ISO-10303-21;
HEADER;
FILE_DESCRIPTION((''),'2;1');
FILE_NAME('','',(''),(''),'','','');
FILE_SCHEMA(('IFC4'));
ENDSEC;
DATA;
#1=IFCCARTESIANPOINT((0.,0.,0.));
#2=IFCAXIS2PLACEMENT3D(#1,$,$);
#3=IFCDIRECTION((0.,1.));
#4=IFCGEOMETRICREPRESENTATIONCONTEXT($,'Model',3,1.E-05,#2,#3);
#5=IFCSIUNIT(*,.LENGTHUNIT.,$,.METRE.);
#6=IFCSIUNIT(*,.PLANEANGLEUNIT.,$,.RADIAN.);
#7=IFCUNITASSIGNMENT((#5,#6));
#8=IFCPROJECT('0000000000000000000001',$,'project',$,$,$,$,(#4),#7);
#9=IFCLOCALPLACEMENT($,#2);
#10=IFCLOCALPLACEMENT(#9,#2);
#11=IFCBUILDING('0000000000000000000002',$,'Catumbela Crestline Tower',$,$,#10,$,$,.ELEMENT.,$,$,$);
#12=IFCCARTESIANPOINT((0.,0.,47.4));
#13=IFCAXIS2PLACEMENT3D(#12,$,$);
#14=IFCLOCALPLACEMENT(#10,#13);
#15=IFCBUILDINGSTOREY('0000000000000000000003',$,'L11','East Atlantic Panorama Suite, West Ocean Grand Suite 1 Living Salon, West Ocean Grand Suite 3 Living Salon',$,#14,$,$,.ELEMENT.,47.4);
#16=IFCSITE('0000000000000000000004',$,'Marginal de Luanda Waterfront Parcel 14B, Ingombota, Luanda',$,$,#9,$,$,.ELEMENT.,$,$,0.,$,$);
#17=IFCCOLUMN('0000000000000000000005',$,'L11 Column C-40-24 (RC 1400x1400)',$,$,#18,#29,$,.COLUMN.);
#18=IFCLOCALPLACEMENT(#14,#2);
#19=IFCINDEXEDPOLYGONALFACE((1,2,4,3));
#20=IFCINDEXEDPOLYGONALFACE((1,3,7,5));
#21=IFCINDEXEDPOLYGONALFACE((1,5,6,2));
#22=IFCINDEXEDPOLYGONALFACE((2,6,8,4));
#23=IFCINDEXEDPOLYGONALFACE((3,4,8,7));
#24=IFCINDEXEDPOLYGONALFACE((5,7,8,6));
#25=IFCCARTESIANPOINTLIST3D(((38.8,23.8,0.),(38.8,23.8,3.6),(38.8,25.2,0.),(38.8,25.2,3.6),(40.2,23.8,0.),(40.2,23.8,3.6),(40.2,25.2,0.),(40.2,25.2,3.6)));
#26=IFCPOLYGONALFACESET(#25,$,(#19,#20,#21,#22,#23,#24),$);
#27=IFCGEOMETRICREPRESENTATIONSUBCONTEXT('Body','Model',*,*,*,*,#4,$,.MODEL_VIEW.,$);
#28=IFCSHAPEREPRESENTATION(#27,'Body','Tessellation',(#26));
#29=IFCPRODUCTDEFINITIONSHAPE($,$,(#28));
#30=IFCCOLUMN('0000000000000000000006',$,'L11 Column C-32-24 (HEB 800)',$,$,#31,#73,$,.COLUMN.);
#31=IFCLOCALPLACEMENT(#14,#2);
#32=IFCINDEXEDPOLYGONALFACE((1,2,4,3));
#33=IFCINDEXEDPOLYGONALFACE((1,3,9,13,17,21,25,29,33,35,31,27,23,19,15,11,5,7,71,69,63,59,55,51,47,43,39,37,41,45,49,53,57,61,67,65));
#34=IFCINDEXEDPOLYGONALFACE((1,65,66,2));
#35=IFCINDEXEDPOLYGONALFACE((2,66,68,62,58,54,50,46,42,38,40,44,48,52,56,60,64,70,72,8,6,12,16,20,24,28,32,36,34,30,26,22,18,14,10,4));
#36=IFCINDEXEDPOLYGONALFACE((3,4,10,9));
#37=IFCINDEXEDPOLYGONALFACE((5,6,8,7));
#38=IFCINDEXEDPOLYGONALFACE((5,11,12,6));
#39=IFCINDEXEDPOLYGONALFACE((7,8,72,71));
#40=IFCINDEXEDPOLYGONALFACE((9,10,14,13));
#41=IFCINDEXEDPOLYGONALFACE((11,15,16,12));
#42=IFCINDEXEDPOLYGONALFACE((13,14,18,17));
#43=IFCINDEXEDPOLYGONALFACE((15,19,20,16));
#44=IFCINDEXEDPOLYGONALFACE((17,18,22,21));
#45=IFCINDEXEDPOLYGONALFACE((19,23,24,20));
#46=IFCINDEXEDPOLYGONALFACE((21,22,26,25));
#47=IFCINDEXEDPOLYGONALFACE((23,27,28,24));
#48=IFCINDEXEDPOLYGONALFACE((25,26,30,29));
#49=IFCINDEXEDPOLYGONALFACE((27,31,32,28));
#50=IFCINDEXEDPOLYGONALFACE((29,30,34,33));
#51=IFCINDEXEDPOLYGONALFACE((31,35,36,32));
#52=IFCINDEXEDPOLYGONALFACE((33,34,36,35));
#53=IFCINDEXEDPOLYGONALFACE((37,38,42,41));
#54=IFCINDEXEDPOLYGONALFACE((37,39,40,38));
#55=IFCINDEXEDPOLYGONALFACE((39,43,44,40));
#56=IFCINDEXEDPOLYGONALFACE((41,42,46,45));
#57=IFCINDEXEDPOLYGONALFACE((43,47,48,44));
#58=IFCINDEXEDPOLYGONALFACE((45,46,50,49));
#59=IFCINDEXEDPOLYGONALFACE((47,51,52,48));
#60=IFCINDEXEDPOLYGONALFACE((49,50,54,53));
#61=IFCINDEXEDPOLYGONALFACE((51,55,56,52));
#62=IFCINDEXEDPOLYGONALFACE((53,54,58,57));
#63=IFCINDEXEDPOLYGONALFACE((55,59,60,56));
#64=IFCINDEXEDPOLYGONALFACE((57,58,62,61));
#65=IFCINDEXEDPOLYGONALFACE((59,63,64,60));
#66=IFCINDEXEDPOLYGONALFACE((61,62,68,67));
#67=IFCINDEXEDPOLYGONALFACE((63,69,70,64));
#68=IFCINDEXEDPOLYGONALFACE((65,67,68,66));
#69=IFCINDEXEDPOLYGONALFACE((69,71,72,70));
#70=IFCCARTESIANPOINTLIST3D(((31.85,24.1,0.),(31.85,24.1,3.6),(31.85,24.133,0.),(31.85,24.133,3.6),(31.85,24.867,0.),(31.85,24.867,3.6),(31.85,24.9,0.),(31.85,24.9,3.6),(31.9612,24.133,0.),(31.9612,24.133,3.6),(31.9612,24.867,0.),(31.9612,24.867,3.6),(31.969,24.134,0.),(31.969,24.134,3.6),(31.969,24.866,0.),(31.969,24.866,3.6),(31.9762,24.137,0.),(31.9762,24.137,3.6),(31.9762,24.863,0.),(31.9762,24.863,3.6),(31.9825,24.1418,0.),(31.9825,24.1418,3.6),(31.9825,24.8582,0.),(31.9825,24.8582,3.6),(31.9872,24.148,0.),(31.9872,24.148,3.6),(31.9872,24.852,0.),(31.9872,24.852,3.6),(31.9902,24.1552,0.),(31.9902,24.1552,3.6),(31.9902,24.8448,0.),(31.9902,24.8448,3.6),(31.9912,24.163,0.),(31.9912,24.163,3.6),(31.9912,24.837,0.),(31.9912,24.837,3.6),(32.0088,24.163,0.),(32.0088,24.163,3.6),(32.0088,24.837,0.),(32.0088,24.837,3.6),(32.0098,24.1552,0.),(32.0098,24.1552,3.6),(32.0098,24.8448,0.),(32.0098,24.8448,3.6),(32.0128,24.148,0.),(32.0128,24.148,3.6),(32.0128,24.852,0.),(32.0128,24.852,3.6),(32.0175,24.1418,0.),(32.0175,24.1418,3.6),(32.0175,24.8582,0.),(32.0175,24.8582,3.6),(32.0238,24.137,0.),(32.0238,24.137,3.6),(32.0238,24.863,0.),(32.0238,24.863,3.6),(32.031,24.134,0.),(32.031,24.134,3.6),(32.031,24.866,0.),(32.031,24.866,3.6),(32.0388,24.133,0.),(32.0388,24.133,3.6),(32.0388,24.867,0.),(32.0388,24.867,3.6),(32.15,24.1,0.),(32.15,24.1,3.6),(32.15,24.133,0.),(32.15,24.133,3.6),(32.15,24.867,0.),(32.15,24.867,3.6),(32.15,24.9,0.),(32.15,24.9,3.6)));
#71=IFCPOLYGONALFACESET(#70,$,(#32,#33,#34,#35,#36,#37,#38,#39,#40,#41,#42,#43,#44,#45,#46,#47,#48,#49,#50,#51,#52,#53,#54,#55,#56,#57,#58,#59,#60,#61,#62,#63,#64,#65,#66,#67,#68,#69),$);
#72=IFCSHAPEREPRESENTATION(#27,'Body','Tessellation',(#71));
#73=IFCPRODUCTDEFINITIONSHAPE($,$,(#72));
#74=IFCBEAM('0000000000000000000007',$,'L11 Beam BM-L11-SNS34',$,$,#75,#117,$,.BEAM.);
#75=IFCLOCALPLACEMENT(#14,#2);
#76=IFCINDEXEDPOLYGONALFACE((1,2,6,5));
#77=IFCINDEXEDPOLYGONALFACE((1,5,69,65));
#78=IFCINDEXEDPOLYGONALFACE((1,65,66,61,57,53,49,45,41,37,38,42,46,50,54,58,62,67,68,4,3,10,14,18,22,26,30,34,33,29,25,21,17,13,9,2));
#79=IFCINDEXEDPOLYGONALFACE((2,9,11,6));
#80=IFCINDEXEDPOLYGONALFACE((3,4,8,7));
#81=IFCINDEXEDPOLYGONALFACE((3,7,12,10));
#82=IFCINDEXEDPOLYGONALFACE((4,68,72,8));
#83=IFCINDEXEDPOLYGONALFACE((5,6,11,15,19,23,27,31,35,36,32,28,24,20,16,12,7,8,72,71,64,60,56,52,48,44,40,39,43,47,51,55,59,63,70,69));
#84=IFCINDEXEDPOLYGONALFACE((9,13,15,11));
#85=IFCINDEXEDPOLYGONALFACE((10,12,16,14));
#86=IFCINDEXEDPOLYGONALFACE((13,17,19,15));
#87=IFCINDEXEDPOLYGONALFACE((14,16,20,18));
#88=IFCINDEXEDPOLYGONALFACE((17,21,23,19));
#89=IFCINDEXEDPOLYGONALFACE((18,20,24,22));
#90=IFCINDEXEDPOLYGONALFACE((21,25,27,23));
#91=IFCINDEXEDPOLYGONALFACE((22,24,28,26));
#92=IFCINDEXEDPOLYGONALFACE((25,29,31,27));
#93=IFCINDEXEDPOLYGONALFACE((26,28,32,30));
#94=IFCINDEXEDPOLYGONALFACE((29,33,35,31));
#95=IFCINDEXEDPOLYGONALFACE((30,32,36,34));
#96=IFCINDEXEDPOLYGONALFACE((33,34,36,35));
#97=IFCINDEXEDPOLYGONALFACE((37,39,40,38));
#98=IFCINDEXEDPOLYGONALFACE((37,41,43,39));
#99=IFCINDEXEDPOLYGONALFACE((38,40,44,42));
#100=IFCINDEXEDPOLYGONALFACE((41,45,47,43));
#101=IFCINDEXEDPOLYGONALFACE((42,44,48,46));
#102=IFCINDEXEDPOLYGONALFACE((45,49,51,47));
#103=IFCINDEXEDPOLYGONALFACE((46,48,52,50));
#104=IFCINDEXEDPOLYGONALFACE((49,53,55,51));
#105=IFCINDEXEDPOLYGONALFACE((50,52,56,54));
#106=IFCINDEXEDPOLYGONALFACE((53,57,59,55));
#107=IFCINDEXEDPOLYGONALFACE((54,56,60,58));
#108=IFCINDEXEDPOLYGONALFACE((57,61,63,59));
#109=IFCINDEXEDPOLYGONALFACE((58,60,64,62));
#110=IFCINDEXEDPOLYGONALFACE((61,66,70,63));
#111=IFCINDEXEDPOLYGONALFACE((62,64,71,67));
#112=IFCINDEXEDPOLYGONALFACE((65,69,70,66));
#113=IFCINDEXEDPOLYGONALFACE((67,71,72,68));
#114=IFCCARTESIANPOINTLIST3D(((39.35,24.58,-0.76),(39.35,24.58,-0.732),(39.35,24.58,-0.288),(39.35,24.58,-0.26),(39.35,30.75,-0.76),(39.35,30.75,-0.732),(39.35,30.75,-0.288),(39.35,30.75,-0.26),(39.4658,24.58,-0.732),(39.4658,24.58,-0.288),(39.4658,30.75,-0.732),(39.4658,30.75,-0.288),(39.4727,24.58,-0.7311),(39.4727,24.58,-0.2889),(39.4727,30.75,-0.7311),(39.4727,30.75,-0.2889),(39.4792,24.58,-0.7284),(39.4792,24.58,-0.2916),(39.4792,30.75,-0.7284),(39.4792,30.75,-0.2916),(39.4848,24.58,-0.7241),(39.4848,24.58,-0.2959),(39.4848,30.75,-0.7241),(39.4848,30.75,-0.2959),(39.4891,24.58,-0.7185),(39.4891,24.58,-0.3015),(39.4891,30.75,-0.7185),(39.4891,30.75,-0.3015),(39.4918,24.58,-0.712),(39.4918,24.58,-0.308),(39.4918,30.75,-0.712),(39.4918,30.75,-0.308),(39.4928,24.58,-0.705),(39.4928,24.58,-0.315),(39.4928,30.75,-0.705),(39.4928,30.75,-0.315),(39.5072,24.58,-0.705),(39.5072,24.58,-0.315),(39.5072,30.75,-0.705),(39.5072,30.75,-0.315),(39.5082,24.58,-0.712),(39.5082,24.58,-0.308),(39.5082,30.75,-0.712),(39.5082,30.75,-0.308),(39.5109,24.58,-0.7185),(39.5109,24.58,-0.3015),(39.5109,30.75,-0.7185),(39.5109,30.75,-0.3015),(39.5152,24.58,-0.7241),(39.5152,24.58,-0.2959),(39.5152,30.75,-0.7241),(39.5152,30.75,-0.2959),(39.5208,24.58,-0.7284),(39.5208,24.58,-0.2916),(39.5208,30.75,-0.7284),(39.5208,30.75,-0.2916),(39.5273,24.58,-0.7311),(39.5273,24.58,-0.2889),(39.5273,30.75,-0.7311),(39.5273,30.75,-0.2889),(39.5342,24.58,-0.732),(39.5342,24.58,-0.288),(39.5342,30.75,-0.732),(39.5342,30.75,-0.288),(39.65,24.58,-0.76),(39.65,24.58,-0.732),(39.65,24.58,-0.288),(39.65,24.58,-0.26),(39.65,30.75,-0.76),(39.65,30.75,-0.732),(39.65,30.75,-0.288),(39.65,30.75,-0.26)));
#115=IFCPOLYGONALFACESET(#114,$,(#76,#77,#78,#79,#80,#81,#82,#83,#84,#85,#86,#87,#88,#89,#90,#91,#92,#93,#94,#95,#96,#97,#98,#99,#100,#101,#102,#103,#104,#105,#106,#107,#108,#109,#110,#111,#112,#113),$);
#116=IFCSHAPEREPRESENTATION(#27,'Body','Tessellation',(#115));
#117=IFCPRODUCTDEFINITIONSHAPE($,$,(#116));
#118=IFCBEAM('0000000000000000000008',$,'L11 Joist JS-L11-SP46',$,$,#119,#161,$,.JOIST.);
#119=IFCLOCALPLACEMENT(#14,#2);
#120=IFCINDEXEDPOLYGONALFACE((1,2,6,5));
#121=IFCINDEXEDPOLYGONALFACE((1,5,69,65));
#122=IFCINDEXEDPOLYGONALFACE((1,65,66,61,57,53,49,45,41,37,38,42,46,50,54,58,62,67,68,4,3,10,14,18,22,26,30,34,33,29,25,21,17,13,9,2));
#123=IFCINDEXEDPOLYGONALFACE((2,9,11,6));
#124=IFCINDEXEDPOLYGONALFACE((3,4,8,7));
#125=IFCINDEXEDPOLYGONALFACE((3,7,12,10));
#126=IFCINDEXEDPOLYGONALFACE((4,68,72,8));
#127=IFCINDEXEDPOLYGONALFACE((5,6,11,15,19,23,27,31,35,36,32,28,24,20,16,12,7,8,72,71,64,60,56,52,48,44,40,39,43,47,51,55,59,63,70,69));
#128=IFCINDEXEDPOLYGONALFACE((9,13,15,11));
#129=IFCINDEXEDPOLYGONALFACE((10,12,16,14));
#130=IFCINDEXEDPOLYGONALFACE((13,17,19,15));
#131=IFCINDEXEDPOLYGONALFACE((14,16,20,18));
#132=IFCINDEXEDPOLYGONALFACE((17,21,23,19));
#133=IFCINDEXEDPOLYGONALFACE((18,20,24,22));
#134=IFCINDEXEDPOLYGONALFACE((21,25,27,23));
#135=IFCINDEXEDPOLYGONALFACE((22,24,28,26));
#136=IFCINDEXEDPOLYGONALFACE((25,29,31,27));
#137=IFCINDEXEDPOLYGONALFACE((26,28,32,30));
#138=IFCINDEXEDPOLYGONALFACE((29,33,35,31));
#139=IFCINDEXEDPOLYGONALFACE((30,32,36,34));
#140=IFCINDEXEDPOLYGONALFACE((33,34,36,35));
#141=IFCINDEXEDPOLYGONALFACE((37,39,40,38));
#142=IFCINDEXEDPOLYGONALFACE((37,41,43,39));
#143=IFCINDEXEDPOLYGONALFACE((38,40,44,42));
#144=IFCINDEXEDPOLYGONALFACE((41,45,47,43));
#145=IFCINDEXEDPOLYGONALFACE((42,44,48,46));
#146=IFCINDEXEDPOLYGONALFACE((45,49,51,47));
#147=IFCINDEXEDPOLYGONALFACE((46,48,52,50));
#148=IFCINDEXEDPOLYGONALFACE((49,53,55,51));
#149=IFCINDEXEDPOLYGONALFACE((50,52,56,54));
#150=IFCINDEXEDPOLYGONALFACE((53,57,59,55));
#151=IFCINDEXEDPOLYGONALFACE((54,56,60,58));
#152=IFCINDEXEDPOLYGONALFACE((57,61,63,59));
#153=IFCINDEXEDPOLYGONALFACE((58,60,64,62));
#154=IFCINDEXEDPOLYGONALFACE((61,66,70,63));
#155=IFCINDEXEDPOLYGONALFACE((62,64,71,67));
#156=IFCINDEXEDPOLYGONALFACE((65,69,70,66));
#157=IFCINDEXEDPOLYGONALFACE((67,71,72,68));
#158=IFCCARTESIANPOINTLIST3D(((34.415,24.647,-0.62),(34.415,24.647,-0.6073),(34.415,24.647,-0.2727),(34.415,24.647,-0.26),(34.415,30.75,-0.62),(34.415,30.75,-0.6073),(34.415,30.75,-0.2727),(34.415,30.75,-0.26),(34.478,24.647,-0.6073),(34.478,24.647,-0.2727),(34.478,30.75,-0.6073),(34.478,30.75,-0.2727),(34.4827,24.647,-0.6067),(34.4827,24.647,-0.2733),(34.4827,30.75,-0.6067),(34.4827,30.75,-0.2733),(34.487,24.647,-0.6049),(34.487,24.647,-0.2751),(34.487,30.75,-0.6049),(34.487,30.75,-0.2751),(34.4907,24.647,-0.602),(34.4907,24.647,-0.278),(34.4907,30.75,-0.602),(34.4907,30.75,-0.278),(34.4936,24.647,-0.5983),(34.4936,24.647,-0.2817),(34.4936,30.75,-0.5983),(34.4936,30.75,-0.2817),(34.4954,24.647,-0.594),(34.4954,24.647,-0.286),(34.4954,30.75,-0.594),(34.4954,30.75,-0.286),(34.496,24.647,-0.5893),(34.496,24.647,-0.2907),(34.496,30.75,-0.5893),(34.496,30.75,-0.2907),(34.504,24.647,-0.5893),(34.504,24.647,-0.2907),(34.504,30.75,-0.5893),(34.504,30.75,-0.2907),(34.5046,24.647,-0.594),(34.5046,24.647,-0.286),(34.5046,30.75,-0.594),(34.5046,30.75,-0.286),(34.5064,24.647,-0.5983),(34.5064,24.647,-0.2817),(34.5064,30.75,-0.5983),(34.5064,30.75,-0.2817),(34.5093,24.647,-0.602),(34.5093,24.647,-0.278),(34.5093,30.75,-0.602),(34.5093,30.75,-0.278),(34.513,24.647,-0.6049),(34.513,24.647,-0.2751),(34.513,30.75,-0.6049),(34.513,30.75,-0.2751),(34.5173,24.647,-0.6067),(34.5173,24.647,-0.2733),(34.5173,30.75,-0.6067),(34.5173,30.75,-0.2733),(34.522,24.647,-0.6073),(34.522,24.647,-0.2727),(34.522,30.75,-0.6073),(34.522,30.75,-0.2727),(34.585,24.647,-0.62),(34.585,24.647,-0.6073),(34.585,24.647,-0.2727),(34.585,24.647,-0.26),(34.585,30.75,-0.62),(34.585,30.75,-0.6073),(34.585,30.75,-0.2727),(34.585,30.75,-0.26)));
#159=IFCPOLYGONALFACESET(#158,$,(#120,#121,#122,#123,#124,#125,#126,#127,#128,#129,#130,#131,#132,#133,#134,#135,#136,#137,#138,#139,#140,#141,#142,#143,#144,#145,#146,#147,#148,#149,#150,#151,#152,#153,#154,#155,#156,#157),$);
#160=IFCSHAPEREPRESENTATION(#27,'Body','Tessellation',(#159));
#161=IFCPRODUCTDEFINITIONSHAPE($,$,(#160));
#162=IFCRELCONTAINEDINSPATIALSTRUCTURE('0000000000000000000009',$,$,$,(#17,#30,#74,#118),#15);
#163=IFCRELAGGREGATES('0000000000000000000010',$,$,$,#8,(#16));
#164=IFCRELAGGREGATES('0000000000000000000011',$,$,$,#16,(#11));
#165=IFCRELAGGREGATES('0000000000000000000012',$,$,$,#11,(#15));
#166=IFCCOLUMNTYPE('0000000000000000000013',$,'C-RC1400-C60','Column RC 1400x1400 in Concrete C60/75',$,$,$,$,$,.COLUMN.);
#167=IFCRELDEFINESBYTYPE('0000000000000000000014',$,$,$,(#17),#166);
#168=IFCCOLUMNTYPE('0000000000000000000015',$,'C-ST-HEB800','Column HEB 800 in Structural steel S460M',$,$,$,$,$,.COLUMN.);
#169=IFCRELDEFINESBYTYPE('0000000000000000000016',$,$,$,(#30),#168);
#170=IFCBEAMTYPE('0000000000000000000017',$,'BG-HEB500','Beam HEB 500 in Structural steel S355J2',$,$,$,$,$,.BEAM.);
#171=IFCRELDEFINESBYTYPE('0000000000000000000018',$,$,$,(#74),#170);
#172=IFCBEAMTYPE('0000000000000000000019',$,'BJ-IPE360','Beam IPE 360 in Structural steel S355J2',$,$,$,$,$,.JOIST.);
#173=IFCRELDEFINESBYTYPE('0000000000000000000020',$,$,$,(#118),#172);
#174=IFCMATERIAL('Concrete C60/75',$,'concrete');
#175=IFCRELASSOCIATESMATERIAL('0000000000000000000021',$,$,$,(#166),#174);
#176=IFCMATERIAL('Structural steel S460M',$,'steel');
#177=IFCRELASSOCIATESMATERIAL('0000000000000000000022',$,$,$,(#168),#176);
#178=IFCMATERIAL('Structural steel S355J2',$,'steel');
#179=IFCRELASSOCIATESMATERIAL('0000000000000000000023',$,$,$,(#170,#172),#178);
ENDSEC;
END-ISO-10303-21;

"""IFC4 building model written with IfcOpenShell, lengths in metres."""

from ifc_helpers import new_model, si_unit, direction, frame, origin, origin_2d, place, context, subcontext, project, spatial, rectangle, i_section, extrude, material, material_profile, profile_set, type_object, element, save


model = new_model("IFC4")

# Units and contexts
model_context = context("Model", 3, precision=1e-05, world=origin(), true_north=direction((0.0, 1.0)))
body_context = subcontext(model_context, "Body", "Model", "MODEL_VIEW")
ifc_project = project(units=[si_unit("LENGTHUNIT", "METRE"), si_unit("PLANEANGLEUNIT", "RADIAN")], contexts=[model_context])

# Site, building, storey
site_placement = place(None, origin())
site = spatial("IfcSite", under=ifc_project, at=site_placement, Name="Marginal de Luanda Waterfront Parcel 14B, Ingombota, Luanda", CompositionType="ELEMENT", RefElevation=0.0)
building_placement = place(site_placement, origin())
building = spatial("IfcBuilding", under=site, at=building_placement, Name="Catumbela Crestline Tower", CompositionType="ELEMENT")
storey_placement = place(building_placement, frame((0.0, 0.0, 47.4)))
storey = spatial("IfcBuildingStorey", under=building, at=storey_placement, Name="L11", Description="East Atlantic Panorama Suite, West Ocean Grand Suite 1 Living Salon, West Ocean Grand Suite 3 Living Salon", CompositionType="ELEMENT", Elevation=47.4)

# Columns
ifc_material_1 = material(Name="Concrete C60/75", Category="concrete")
ifc_material_profile_1 = material_profile(ifc_material_1, rectangle(XDim=1.4, YDim=1.4, at=origin_2d()), Name="RC 1400x1400")
ifc_profile_set_1 = profile_set([ifc_material_profile_1], Name="Concrete C60/75")
column_type_1 = type_object("IfcColumnType", Name="C-RC1400-C60", Description="Column RC 1400x1400 in Concrete C60/75", PredefinedType="COLUMN", material=ifc_profile_set_1)
column_1_placement = place(storey_placement, frame((39.5, 24.5, 0.0), z_axis=(0.0, 0.0, 1.0), x_axis=(1.0, 0.0, 0.0)))
element("IfcColumn", 1, at=column_1_placement, inside=storey, type_object=column_type_1, Name="L11 Column C-40-24 (RC 1400x1400)", PredefinedType="COLUMN", context=body_context, shape_type="SweptSolid", body=[
    extrude(rectangle(XDim=1.4, YDim=1.4, at=origin_2d()), origin(), (0.0, 0.0, 1.0), 3.6),
])
ifc_material_2 = material(Name="Structural steel S460M", Category="steel")
ifc_material_profile_2 = material_profile(ifc_material_2, i_section(OverallWidth=0.3, OverallDepth=0.8, WebThickness=0.0175, FlangeThickness=0.033, FilletRadius=0.03, at=origin_2d()), Name="HEB 800")
ifc_profile_set_2 = profile_set([ifc_material_profile_2], Name="Structural steel S460M")
column_type_2 = type_object("IfcColumnType", Name="C-ST-HEB800", Description="Column HEB 800 in Structural steel S460M", PredefinedType="COLUMN", material=ifc_profile_set_2)
column_2_placement = place(storey_placement, frame((32.0, 24.5, 0.0), z_axis=(0.0, 0.0, 1.0), x_axis=(1.0, 0.0, 0.0)))
element("IfcColumn", 2, at=column_2_placement, inside=storey, type_object=column_type_2, Name="L11 Column C-32-24 (HEB 800)", PredefinedType="COLUMN", context=body_context, shape_type="SweptSolid", body=[
    extrude(i_section(OverallWidth=0.3, OverallDepth=0.8, WebThickness=0.0175, FlangeThickness=0.033, FilletRadius=0.03, at=origin_2d()), origin(), (0.0, 0.0, 1.0), 3.6),
])

# Beams
ifc_material_3 = material(Name="Structural steel S355J2", Category="steel")
ifc_material_profile_3 = material_profile(ifc_material_3, i_section(OverallWidth=0.3, OverallDepth=0.5, WebThickness=0.0145, FlangeThickness=0.028, FilletRadius=0.027, at=origin_2d()), Name="HEB 500")
ifc_profile_set_3 = profile_set([ifc_material_profile_3], Name="Structural steel S355J2")
beam_type_1 = type_object("IfcBeamType", Name="BG-HEB500", Description="Beam HEB 500 in Structural steel S355J2", PredefinedType="BEAM", material=ifc_profile_set_3)
beam_1_placement = place(storey_placement, frame((39.5, 24.58, -0.51), z_axis=(0.0, 1.0, 0.0), x_axis=(-1.0, 0.0, 0.0)))
element("IfcBeam", 3, at=beam_1_placement, inside=storey, type_object=beam_type_1, Name="L11 Beam BM-L11-SNS34", PredefinedType="BEAM", context=body_context, shape_type="SweptSolid", body=[
    extrude(i_section(OverallWidth=0.3, OverallDepth=0.5, WebThickness=0.0145, FlangeThickness=0.028, FilletRadius=0.027, at=origin_2d()), origin(), (0.0, 0.0, 1.0), 6.17),
])
ifc_material_profile_4 = material_profile(ifc_material_3, i_section(OverallWidth=0.17, OverallDepth=0.36, WebThickness=0.008, FlangeThickness=0.0127, FilletRadius=0.018, at=origin_2d()), Name="IPE 360")
ifc_profile_set_4 = profile_set([ifc_material_profile_4], Name="Structural steel S355J2")
beam_type_2 = type_object("IfcBeamType", Name="BJ-IPE360", Description="Beam IPE 360 in Structural steel S355J2", PredefinedType="JOIST", material=ifc_profile_set_4)
for number, where, z_axis, x_axis, name in (
    (4, (34.5, 24.647, -0.44), (0.0, 1.0, 0.0), (-1.0, 0.0, 0.0), "L11 Joist JS-L11-SP46"),
):
    element("IfcBeam", number, at=place(storey_placement, frame(where, z_axis=z_axis, x_axis=x_axis)), inside=storey, type_object=beam_type_2, Name=name, PredefinedType="JOIST", context=body_context, shape_type="SweptSolid", body=[
        extrude(i_section(OverallWidth=0.17, OverallDepth=0.36, WebThickness=0.008, FlangeThickness=0.0127, FilletRadius=0.018, at=origin_2d()), origin(), (0.0, 0.0, 1.0), 6.103),
    ])

save(model, "model.ifc")
